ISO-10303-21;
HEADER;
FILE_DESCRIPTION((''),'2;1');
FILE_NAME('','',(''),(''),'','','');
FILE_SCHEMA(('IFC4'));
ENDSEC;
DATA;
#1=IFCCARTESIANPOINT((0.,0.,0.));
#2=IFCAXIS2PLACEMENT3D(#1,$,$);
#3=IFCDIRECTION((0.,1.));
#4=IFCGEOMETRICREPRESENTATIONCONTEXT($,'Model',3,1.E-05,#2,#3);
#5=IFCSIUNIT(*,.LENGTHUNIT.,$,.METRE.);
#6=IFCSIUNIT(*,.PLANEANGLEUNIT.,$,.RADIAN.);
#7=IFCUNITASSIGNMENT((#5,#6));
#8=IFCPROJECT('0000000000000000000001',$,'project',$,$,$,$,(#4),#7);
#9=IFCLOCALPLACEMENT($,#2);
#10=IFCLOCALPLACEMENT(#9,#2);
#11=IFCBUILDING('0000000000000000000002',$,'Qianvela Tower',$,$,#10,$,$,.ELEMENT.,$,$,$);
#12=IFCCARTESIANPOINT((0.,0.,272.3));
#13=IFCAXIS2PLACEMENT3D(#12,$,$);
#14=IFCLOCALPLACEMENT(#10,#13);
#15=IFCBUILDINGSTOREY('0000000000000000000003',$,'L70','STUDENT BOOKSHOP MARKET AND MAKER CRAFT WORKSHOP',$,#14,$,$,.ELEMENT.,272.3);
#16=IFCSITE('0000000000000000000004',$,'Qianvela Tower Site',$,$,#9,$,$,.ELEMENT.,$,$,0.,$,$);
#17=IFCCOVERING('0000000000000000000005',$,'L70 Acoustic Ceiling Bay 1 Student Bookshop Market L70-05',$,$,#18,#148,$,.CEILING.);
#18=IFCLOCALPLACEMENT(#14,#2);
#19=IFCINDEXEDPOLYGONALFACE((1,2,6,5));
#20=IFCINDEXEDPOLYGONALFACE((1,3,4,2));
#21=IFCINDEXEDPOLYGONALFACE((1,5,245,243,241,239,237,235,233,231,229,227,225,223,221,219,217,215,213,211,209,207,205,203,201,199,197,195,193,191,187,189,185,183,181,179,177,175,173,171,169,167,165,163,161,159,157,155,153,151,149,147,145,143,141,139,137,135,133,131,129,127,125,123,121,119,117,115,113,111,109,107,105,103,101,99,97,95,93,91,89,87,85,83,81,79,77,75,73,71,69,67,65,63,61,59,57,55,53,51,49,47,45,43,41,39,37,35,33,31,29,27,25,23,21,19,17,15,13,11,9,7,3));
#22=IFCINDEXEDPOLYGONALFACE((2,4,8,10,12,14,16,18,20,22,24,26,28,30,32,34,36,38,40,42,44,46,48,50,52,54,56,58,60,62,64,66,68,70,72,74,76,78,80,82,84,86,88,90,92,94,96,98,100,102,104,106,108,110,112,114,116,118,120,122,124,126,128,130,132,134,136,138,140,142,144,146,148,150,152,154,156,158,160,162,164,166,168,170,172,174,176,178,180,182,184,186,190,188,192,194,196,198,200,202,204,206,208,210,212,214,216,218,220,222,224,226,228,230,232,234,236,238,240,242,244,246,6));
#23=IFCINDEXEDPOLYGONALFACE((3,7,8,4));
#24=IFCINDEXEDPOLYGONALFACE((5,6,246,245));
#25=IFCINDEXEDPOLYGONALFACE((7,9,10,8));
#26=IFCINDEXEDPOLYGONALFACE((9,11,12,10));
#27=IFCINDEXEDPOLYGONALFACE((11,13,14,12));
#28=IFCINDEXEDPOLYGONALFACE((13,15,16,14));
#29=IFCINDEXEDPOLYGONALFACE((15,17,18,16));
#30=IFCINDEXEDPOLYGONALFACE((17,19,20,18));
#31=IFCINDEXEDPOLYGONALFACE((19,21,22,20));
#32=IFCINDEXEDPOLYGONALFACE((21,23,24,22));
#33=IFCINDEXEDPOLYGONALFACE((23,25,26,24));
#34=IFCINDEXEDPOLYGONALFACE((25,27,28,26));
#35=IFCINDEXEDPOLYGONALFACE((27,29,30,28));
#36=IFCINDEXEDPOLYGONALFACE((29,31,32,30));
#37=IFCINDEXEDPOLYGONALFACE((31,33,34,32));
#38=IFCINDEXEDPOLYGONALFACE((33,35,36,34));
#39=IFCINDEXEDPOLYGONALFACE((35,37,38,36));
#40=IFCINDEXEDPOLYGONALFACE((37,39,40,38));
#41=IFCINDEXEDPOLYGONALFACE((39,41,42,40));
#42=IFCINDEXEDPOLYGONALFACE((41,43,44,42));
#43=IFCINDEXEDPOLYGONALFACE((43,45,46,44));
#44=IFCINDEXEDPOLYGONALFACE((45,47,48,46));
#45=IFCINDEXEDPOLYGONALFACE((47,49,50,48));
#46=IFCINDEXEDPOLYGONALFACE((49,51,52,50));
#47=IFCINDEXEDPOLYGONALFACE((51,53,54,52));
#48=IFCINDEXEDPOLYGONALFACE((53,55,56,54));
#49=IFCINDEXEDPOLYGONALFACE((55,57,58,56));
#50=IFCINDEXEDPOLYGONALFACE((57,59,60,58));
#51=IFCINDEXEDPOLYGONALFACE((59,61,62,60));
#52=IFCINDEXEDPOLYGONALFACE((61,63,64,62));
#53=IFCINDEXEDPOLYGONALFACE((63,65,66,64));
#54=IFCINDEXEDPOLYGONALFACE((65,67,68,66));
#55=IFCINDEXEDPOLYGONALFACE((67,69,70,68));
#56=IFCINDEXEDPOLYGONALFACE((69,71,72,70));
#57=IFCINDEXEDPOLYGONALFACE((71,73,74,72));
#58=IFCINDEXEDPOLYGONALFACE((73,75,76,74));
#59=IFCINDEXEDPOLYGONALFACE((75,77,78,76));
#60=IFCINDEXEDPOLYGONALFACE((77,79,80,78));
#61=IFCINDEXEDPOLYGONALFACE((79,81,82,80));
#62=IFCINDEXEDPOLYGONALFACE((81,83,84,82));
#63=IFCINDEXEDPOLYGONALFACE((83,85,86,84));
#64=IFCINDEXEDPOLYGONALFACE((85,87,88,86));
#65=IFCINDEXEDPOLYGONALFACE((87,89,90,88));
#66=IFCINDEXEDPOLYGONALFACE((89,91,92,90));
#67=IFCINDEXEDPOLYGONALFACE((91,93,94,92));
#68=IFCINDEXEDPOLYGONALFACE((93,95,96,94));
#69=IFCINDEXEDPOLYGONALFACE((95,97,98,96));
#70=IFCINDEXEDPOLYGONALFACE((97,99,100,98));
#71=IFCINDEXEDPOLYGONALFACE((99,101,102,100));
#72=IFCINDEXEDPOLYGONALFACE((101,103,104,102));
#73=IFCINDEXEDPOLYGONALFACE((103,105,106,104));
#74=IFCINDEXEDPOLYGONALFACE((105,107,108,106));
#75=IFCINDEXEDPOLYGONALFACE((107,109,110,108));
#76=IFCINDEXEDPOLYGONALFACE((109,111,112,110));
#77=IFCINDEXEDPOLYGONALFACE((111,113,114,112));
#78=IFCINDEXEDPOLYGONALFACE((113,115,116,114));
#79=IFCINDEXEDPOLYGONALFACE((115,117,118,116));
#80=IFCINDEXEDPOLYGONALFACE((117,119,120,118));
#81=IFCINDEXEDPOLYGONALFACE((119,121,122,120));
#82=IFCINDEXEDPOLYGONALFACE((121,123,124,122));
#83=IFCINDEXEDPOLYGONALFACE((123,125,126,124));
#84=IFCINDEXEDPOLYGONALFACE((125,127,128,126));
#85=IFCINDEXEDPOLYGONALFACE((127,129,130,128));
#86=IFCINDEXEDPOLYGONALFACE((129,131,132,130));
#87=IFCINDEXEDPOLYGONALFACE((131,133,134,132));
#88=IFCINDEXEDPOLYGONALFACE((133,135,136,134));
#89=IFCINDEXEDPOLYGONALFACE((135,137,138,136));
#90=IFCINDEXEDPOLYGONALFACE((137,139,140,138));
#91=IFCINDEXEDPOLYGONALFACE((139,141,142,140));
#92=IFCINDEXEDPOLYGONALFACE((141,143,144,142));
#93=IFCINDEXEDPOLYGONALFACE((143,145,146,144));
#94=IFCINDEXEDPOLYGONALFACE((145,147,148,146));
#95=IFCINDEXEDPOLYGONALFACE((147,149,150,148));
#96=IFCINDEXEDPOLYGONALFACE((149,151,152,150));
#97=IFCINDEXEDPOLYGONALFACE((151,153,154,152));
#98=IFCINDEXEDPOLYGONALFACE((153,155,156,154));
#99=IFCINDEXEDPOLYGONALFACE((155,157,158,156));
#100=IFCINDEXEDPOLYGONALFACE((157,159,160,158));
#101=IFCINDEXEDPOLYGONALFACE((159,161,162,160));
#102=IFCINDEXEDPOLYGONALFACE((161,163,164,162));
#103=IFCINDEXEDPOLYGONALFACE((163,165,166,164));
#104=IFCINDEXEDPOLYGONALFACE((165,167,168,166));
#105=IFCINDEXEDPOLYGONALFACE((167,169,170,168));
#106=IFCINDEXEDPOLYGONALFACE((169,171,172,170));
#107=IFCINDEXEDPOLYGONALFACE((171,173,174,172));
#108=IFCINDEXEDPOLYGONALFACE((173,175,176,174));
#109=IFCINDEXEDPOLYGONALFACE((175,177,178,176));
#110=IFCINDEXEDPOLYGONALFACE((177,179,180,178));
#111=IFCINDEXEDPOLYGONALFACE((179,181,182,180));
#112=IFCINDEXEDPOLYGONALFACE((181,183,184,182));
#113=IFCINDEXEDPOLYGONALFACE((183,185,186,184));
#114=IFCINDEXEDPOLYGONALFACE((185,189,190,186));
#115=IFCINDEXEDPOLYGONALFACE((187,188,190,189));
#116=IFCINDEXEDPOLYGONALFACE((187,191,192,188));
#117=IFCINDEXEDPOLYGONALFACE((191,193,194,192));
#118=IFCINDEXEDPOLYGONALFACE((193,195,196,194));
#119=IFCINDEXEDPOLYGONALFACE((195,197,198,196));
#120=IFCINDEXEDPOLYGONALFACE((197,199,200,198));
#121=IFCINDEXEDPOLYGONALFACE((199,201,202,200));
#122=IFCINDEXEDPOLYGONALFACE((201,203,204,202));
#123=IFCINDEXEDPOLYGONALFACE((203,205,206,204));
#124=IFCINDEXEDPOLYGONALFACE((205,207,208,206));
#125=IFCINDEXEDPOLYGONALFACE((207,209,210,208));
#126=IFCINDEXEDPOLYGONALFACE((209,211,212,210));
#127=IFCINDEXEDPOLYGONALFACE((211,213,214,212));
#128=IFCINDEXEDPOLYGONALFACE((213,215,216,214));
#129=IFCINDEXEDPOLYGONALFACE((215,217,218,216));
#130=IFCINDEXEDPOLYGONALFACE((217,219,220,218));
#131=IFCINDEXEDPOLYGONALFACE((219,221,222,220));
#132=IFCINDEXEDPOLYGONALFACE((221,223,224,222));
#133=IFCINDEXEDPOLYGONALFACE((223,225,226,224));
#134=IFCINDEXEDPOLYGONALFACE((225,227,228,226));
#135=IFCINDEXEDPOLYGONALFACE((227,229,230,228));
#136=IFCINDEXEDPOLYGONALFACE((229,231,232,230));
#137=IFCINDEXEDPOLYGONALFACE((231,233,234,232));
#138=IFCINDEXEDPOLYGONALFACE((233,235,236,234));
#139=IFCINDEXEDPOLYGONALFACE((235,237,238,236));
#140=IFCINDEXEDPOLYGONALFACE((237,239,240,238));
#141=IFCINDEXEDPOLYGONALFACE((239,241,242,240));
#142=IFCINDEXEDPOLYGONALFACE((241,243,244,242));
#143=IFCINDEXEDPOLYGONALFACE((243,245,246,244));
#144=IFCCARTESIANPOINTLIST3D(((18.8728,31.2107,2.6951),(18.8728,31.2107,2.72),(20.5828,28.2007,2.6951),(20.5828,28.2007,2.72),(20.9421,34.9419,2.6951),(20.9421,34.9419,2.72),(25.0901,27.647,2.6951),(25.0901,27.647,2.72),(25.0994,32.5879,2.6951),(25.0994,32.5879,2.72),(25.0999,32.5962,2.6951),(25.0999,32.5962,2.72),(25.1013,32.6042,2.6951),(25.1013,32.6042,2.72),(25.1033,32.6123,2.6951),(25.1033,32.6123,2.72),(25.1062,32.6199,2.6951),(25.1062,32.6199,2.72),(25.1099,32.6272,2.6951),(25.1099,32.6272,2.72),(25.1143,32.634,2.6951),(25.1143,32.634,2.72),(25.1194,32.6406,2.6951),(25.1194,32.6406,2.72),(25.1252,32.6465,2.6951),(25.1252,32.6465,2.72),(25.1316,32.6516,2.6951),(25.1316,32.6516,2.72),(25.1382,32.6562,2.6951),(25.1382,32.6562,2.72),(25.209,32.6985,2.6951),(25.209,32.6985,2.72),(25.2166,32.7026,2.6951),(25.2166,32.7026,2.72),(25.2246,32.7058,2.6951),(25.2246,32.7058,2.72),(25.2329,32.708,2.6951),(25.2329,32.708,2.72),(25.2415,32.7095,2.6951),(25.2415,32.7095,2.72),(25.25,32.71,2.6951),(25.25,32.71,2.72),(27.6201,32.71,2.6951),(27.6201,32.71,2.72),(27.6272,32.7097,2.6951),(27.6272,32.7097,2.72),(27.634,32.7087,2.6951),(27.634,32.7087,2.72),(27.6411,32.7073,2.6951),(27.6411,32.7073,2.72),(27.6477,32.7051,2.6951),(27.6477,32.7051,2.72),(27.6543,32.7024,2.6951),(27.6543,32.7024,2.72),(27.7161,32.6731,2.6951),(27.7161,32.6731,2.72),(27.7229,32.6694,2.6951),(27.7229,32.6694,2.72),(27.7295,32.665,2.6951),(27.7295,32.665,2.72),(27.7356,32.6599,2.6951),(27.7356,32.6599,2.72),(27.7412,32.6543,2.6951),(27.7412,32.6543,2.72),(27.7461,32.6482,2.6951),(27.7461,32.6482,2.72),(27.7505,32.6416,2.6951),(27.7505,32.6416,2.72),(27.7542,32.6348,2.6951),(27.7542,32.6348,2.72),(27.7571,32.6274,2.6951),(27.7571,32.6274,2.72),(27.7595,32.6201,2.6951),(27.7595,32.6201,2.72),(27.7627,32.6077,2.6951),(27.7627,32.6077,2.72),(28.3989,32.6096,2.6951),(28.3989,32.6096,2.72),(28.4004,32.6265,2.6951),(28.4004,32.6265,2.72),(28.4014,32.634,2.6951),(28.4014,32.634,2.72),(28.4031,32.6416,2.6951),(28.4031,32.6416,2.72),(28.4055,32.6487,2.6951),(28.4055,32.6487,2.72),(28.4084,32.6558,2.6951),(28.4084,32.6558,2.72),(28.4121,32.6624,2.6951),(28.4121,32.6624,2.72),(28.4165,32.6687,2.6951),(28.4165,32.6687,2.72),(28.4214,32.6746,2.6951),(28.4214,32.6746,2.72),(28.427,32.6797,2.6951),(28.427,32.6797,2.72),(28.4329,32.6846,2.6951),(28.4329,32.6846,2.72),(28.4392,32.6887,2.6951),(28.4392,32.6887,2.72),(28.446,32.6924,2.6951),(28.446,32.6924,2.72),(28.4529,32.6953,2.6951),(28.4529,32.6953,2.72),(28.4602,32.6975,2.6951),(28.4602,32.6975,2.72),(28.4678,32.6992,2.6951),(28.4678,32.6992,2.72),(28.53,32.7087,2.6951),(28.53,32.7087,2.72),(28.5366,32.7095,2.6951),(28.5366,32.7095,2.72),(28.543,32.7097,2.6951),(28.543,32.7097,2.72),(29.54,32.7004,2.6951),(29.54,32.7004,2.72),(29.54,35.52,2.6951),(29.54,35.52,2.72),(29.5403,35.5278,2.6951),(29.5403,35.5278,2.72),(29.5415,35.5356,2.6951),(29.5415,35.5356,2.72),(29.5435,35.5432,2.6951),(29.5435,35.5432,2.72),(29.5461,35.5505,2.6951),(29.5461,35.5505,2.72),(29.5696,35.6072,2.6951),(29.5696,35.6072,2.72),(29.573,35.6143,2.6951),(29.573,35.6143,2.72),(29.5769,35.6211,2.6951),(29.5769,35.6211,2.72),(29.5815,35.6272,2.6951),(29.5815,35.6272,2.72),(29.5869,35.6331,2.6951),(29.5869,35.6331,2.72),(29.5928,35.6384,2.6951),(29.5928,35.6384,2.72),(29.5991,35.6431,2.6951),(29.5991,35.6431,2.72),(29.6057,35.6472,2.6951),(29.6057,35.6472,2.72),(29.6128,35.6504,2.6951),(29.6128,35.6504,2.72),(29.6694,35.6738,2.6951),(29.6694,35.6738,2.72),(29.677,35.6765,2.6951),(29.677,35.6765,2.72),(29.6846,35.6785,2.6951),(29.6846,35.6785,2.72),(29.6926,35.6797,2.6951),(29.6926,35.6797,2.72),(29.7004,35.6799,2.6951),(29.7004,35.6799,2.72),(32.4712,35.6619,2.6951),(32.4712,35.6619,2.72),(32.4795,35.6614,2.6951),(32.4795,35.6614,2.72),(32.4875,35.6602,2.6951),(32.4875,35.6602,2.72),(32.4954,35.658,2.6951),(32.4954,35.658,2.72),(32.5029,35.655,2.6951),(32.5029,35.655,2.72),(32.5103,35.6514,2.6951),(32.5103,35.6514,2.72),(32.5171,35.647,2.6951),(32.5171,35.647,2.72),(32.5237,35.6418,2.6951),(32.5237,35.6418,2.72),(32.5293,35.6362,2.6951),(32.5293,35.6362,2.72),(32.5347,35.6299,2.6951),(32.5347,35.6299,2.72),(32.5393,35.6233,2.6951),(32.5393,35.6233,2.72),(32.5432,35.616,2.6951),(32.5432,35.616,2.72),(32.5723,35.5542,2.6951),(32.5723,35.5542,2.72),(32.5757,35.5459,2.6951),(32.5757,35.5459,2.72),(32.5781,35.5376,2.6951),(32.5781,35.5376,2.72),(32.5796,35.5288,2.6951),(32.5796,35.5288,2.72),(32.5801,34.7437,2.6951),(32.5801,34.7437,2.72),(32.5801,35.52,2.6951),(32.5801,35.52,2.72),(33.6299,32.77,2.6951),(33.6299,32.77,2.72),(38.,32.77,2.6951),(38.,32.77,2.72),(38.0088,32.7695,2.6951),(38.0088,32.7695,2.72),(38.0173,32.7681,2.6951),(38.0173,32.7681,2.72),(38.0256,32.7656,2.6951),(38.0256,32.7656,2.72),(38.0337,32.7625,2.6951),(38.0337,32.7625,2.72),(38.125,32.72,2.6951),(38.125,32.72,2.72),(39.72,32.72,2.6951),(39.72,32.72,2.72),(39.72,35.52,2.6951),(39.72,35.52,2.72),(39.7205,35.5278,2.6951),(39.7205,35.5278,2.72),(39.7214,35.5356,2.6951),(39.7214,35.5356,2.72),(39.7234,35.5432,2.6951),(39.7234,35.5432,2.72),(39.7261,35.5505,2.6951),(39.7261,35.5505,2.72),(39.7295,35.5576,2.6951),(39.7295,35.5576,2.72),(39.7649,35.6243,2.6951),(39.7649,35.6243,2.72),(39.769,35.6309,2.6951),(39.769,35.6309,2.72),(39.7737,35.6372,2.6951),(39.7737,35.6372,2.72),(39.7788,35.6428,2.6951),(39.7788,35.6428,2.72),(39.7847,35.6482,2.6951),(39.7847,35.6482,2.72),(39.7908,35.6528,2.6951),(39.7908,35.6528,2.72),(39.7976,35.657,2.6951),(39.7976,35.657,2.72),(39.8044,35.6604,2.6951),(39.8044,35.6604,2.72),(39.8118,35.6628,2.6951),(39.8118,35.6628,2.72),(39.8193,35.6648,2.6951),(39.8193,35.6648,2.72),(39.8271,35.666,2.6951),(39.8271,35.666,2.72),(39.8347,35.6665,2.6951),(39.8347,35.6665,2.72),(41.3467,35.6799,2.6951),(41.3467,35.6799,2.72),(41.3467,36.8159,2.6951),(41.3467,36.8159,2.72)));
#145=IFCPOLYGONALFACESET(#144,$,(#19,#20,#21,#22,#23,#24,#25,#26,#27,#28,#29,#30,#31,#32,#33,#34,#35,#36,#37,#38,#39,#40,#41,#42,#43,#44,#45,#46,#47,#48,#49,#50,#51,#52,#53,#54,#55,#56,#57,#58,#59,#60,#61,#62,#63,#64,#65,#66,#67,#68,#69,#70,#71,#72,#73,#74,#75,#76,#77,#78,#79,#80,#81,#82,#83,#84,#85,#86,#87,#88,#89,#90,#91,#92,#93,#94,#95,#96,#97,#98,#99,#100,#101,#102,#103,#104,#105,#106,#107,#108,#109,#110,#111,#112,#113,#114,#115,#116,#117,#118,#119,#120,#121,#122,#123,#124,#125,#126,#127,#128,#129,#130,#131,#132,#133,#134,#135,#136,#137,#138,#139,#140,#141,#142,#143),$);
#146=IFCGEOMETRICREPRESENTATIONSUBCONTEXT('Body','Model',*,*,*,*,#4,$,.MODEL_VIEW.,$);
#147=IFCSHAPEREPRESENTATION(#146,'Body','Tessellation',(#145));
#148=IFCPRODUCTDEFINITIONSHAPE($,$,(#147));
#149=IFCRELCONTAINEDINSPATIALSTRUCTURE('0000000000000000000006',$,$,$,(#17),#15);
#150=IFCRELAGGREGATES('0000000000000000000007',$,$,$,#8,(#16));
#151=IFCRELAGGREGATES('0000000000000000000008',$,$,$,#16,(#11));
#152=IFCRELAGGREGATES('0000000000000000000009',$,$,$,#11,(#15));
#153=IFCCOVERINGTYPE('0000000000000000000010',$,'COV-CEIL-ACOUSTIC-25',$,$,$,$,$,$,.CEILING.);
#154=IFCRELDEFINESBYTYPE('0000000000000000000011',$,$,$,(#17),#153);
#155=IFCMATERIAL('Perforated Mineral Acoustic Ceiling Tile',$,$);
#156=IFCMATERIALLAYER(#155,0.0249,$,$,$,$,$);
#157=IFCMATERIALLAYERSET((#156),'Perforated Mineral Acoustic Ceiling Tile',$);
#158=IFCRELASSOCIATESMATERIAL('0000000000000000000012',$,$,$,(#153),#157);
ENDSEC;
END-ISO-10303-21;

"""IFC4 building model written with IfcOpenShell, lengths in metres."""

from ifc_helpers import new_model, si_unit, direction, frame, origin, place, context, subcontext, project, spatial, polyline, outline, extrude, material, layer, layer_set, type_object, element, save


model = new_model("IFC4")

# Units and contexts
model_context = context("Model", 3, precision=1e-05, world=origin(), true_north=direction((0.0, 1.0)))
body_context = subcontext(model_context, "Body", "Model", "MODEL_VIEW")
ifc_project = project(units=[si_unit("LENGTHUNIT", "METRE"), si_unit("PLANEANGLEUNIT", "RADIAN")], contexts=[model_context])

# Site, building, storey
site_placement = place(None, origin())
site = spatial("IfcSite", under=ifc_project, at=site_placement, Name="Qianvela Tower Site", CompositionType="ELEMENT", RefElevation=0.0)
building_placement = place(site_placement, origin())
building = spatial("IfcBuilding", under=site, at=building_placement, Name="Qianvela Tower", CompositionType="ELEMENT")
storey_placement = place(building_placement, frame((0.0, 0.0, 272.3)))
storey = spatial("IfcBuildingStorey", under=building, at=storey_placement, Name="L70", Description="STUDENT BOOKSHOP MARKET AND MAKER CRAFT WORKSHOP", CompositionType="ELEMENT", Elevation=272.3)

# Covering
ifc_material_1 = material(Name="Perforated Mineral Acoustic Ceiling Tile")
ifc_layer_1 = layer(ifc_material_1, 0.0249)
ifc_layer_set_1 = layer_set([ifc_layer_1], Name="Perforated Mineral Acoustic Ceiling Tile")
covering_type_1 = type_object("IfcCoveringType", Name="COV-CEIL-ACOUSTIC-25", PredefinedType="CEILING", material=ifc_layer_set_1)
covering_1_placement = place(storey_placement, frame((0.0, 0.0, 2.6951)))
element("IfcCovering", 1, at=covering_1_placement, inside=storey, type_object=covering_type_1, Name="L70 Acoustic Ceiling Bay 1 Student Bookshop Market L70-05", PredefinedType="CEILING", context=body_context, shape_type="SweptSolid", body=[
    extrude(outline(polyline([(28.543, 32.7097), (28.5366, 32.7095), (28.53, 32.7087), (28.4678, 32.6992), (28.4602, 32.6975), (28.4529, 32.6953), (28.446, 32.6924), (28.4392, 32.6887), (28.4329, 32.6846), (28.427, 32.6797), (28.4214, 32.6746), (28.4165, 32.6687), (28.4121, 32.6624), (28.4084, 32.6558), (28.4055, 32.6487), (28.4031, 32.6416), (28.4014, 32.634), (28.4004, 32.6265), (28.3989, 32.6096), (27.7627, 32.6077), (27.7595, 32.6201), (27.7571, 32.6274), (27.7542, 32.6348), (27.7505, 32.6416), (27.7461, 32.6482), (27.7412, 32.6543), (27.7356, 32.6599), (27.7295, 32.665), (27.7229, 32.6694), (27.7161, 32.6731), (27.6543, 32.7024), (27.6477, 32.7051), (27.6411, 32.7073), (27.634, 32.7087), (27.6272, 32.7097), (27.6201, 32.71), (25.25, 32.71), (25.2415, 32.7095), (25.2329, 32.708), (25.2246, 32.7058), (25.2166, 32.7026), (25.209, 32.6985), (25.1382, 32.6562), (25.1316, 32.6516), (25.1252, 32.6465), (25.1194, 32.6406), (25.1143, 32.634), (25.1099, 32.6272), (25.1062, 32.6199), (25.1033, 32.6123), (25.1013, 32.6042), (25.0999, 32.5962), (25.0994, 32.5879), (25.0901, 27.647), (20.5828, 28.2007), (18.8728, 31.2107), (20.9421, 34.9419), (41.3467, 36.8159), (41.3467, 35.6799), (39.8347, 35.6665), (39.8271, 35.666), (39.8193, 35.6648), (39.8118, 35.6628), (39.8044, 35.6604), (39.7976, 35.657), (39.7908, 35.6528), (39.7847, 35.6482), (39.7788, 35.6428), (39.7737, 35.6372), (39.769, 35.6309), (39.7649, 35.6243), (39.7295, 35.5576), (39.7261, 35.5505), (39.7234, 35.5432), (39.7214, 35.5356), (39.7205, 35.5278), (39.72, 35.52), (39.72, 32.72), (38.125, 32.72), (38.0337, 32.7625), (38.0256, 32.7656), (38.0173, 32.7681), (38.0088, 32.7695), (38.0, 32.77), (33.6299, 32.77), (32.5801, 34.7437), (32.5801, 35.52), (32.5796, 35.5288), (32.5781, 35.5376), (32.5757, 35.5459), (32.5723, 35.5542), (32.5432, 35.616), (32.5393, 35.6233), (32.5347, 35.6299), (32.5293, 35.6362), (32.5237, 35.6418), (32.5171, 35.647), (32.5103, 35.6514), (32.5029, 35.655), (32.4954, 35.658), (32.4875, 35.6602), (32.4795, 35.6614), (32.4712, 35.6619), (29.7004, 35.6799), (29.6926, 35.6797), (29.6846, 35.6785), (29.677, 35.6765), (29.6694, 35.6738), (29.6128, 35.6504), (29.6057, 35.6472), (29.5991, 35.6431), (29.5928, 35.6384), (29.5869, 35.6331), (29.5815, 35.6272), (29.5769, 35.6211), (29.573, 35.6143), (29.5696, 35.6072), (29.5461, 35.5505), (29.5435, 35.5432), (29.5415, 35.5356), (29.5403, 35.5278), (29.54, 35.52), (29.54, 32.7004), (28.543, 32.7097)])), origin(), (0.0, 0.0, 1.0), 0.0249),
])

save(model, "model.ifc")
